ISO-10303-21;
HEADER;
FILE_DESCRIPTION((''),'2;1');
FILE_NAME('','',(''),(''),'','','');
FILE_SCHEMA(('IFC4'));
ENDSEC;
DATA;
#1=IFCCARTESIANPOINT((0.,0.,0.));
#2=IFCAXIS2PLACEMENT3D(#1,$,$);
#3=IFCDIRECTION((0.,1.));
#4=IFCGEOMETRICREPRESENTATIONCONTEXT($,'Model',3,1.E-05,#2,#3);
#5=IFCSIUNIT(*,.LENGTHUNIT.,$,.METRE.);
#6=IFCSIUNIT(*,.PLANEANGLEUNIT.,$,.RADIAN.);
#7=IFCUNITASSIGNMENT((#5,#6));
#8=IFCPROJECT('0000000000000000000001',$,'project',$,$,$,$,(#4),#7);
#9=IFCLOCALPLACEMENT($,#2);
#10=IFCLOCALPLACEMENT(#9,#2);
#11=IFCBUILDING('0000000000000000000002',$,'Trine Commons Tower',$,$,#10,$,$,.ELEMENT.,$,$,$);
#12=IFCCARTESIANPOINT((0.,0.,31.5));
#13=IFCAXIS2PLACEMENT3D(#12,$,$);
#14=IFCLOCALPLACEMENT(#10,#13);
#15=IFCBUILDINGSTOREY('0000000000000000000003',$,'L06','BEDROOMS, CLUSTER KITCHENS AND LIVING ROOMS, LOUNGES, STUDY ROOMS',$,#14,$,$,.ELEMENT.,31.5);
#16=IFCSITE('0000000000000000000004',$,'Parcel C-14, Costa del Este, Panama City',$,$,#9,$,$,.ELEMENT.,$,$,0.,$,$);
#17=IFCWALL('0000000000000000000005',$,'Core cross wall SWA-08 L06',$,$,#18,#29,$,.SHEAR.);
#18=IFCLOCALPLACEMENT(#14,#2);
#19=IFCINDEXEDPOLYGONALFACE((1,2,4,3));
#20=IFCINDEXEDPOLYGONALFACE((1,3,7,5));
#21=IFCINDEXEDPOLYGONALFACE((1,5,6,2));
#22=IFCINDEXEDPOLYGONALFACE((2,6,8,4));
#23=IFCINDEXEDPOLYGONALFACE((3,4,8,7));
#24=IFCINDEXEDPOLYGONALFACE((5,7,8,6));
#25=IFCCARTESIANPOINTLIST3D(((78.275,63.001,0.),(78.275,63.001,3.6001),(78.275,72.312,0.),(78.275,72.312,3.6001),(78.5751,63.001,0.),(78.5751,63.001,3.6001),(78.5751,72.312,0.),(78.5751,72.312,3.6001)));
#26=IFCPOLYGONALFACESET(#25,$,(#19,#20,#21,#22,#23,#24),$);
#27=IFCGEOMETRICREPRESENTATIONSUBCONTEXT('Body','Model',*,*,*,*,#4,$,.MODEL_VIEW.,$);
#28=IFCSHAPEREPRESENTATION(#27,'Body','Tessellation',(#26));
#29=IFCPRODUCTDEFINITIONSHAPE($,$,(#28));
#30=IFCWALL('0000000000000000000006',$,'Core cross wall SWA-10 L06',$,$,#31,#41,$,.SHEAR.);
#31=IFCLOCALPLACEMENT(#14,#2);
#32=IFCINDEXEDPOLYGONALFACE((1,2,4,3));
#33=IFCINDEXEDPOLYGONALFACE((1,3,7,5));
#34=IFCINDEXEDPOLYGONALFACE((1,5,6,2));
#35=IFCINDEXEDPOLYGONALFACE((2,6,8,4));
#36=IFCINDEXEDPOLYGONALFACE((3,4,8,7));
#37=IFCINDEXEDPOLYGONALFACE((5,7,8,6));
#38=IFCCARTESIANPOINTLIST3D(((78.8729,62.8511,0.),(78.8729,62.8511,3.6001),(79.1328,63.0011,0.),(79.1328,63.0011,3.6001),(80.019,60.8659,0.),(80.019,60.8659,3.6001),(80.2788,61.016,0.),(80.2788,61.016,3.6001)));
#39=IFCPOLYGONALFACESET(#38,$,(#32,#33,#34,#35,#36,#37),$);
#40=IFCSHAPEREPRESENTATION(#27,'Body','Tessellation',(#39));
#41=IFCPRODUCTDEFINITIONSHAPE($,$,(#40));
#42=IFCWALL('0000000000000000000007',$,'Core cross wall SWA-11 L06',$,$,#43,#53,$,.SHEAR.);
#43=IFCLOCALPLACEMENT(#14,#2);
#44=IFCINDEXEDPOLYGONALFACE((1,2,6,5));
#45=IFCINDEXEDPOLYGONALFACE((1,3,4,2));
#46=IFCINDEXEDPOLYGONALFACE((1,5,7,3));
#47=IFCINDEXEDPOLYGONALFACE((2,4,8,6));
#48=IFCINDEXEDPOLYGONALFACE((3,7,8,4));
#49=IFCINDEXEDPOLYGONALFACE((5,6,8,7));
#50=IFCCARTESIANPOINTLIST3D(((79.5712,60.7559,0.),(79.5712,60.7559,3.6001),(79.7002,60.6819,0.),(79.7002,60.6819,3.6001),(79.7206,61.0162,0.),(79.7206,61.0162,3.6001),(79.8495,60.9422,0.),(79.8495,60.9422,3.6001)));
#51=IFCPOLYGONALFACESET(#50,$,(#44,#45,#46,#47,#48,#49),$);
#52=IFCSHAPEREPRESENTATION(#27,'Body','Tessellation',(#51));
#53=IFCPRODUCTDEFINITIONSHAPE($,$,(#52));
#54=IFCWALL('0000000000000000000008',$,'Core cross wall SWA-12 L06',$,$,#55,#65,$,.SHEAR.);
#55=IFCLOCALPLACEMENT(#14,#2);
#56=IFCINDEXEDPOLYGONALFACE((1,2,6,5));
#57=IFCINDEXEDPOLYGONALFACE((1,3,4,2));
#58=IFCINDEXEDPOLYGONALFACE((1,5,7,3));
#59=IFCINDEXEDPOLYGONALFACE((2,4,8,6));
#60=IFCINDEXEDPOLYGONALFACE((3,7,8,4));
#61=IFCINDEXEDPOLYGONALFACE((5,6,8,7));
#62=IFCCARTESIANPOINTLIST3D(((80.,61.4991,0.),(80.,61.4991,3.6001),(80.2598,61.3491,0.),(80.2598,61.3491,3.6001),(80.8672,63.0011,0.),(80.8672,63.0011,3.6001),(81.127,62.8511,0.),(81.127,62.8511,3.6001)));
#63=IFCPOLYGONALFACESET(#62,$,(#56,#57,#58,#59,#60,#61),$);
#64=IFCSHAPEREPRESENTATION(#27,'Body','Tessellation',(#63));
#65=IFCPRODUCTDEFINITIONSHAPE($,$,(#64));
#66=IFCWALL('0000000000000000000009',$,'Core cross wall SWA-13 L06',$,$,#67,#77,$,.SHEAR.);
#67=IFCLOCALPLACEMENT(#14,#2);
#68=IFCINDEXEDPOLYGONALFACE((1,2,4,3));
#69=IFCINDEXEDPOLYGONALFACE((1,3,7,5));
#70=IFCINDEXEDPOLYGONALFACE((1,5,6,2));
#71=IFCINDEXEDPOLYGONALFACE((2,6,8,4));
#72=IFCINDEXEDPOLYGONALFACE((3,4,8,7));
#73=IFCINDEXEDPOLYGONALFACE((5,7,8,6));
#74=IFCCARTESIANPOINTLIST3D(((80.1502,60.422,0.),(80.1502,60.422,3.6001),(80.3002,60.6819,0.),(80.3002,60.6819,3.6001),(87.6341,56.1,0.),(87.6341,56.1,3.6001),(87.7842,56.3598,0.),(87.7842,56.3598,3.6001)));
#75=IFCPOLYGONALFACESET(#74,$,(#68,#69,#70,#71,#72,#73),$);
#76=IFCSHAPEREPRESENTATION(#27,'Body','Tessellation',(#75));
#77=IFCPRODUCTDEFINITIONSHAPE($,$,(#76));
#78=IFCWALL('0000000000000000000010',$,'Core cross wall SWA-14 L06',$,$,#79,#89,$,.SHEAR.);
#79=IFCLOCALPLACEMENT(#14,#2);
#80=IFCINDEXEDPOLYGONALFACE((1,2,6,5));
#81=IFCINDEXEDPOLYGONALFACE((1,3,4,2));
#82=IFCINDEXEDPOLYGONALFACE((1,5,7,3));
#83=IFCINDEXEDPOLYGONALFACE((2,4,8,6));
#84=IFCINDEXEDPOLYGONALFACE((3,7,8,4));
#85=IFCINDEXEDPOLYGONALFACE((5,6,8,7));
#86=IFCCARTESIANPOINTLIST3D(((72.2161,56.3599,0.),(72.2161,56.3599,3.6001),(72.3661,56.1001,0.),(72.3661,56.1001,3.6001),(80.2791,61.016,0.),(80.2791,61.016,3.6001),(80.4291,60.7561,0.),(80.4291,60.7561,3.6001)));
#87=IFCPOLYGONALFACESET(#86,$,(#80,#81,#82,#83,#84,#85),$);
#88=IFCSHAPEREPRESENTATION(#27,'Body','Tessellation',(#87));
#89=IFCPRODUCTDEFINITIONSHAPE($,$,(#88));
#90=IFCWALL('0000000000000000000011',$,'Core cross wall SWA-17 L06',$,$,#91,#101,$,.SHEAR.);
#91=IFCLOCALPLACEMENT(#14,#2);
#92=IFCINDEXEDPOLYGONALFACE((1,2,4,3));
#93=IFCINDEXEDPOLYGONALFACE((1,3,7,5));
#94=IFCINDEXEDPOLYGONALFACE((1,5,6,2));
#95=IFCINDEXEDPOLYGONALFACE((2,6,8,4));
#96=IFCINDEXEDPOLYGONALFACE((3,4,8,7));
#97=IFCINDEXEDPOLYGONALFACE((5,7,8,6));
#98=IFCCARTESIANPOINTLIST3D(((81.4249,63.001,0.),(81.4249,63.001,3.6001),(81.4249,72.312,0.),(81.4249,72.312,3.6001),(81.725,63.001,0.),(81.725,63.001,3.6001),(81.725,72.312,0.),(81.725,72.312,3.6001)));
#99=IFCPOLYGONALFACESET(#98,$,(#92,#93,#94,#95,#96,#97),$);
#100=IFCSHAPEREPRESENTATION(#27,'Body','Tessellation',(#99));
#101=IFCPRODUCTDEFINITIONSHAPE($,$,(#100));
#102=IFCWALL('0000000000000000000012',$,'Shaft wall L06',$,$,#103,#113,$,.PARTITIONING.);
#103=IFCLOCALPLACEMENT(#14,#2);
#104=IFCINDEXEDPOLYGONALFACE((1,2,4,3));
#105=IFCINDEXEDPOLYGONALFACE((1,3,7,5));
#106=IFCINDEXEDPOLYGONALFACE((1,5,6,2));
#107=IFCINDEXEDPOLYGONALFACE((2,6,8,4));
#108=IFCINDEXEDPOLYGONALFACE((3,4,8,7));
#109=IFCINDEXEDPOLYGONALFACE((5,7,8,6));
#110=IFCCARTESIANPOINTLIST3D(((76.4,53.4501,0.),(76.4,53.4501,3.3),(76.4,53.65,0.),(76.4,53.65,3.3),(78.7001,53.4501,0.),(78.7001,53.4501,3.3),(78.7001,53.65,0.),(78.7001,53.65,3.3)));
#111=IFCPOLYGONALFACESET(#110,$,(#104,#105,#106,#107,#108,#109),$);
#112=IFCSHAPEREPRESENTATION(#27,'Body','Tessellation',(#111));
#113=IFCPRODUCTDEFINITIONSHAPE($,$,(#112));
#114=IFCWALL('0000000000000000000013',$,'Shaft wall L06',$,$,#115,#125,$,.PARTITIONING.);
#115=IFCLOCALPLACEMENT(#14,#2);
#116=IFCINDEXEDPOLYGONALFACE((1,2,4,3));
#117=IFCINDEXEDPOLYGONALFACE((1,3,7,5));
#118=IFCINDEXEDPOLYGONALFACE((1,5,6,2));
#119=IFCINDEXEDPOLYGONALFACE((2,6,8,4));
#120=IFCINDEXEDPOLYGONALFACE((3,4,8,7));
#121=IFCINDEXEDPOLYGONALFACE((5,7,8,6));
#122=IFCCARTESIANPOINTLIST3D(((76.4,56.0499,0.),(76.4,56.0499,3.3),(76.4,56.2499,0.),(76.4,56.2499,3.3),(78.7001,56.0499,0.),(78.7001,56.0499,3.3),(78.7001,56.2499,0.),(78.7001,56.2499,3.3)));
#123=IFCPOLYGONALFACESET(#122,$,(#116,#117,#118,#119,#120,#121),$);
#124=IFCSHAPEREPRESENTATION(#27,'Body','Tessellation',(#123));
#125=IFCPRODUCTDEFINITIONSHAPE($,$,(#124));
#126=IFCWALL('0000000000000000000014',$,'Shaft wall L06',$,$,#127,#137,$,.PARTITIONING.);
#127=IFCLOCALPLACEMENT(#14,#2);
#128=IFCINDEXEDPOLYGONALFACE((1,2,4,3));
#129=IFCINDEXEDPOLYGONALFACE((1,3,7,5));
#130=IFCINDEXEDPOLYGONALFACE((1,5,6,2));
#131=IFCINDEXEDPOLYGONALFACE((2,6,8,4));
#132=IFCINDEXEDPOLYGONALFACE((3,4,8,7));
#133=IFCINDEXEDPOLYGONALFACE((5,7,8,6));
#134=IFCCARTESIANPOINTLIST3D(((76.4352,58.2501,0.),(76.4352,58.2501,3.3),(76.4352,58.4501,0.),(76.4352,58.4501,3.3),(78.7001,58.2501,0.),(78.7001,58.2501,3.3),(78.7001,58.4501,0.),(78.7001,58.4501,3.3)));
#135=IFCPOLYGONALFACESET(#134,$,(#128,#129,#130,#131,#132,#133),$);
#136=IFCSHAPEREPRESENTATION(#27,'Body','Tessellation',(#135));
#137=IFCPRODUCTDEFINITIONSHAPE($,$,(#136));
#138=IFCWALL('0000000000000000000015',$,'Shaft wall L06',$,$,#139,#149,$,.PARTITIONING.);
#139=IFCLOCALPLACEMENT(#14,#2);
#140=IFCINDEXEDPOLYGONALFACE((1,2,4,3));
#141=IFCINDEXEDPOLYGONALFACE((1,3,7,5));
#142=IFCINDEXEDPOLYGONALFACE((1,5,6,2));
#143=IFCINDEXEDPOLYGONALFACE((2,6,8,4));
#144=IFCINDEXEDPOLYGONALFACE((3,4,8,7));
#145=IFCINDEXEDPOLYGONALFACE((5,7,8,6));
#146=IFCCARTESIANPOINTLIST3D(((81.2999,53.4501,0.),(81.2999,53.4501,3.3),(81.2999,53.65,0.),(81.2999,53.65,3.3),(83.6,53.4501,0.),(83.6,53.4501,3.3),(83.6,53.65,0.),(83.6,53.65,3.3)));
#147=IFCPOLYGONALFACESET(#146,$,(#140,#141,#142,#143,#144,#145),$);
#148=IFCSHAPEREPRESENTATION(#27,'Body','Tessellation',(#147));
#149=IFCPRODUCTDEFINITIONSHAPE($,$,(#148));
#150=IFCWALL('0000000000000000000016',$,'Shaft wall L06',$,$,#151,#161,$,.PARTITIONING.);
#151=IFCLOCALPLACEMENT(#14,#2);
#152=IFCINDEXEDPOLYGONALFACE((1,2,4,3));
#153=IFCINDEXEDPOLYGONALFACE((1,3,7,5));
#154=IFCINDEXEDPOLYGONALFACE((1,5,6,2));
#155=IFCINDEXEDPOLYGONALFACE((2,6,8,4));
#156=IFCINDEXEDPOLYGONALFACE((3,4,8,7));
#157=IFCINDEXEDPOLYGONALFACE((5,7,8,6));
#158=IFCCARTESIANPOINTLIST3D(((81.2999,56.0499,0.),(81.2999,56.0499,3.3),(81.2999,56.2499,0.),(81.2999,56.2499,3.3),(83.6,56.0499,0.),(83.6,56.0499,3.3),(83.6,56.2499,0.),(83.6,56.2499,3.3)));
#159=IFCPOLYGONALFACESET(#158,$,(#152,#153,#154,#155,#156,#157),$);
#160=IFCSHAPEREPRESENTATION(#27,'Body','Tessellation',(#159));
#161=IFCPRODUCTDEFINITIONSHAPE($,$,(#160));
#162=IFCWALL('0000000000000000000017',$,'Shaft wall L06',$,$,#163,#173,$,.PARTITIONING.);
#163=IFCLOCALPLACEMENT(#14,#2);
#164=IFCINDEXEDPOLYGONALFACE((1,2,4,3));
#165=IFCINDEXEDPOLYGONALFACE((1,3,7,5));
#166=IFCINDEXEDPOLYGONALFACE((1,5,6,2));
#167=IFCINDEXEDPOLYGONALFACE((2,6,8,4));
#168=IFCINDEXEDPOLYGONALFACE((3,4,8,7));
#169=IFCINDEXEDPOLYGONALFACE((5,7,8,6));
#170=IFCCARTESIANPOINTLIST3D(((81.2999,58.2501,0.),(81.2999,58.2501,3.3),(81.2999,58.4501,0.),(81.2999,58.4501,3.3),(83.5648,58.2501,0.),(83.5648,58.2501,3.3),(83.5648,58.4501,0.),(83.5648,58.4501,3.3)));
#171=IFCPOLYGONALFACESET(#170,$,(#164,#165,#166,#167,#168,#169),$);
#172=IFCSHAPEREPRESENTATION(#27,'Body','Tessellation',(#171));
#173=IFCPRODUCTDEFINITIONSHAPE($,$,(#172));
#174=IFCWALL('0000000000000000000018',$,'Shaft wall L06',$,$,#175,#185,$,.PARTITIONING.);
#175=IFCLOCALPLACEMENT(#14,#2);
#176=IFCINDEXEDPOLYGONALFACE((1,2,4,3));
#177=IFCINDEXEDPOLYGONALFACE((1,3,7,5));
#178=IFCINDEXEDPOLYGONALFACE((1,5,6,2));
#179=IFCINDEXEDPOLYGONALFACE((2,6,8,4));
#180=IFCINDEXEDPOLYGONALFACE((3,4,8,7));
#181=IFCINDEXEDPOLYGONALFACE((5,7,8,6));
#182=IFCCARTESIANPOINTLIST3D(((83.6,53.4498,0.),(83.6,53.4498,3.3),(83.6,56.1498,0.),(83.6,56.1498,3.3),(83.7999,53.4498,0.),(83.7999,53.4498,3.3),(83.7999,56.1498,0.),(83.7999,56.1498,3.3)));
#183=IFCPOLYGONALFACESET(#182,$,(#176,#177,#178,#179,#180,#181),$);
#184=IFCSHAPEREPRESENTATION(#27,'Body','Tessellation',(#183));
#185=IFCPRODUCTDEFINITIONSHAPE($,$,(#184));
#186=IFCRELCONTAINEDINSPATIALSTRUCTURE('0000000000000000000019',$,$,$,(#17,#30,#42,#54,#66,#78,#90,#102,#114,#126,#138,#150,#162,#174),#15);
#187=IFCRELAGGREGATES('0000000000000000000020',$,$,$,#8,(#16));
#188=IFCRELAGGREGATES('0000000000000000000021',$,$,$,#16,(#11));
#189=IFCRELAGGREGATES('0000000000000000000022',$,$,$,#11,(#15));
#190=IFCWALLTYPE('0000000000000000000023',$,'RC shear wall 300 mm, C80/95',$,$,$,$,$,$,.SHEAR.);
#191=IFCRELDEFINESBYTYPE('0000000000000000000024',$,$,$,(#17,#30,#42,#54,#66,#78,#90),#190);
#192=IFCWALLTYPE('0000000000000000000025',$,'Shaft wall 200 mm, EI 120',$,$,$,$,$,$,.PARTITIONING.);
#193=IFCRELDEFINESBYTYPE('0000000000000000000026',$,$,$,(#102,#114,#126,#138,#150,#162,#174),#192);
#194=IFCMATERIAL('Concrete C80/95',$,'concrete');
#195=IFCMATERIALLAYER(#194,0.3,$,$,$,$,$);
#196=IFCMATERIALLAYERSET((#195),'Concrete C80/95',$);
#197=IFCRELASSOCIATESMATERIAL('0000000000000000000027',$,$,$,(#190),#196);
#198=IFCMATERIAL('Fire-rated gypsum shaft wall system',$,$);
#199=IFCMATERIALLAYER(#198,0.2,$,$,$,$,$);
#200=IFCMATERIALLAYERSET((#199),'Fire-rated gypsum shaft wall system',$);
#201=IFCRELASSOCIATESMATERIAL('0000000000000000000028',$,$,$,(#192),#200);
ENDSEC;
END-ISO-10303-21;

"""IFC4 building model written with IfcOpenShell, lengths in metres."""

from ifc_helpers import new_model, si_unit, direction, frame, frame_2d, origin, place, context, subcontext, project, spatial, rectangle, extrude, material, layer, layer_set, type_object, element, save


model = new_model("IFC4")

# Units and contexts
model_context = context("Model", 3, precision=1e-05, world=origin(), true_north=direction((0.0, 1.0)))
body_context = subcontext(model_context, "Body", "Model", "MODEL_VIEW")
ifc_project = project(units=[si_unit("LENGTHUNIT", "METRE"), si_unit("PLANEANGLEUNIT", "RADIAN")], contexts=[model_context])

# Site, building, storey
site_placement = place(None, origin())
site = spatial("IfcSite", under=ifc_project, at=site_placement, Name="Parcel C-14, Costa del Este, Panama City", CompositionType="ELEMENT", RefElevation=0.0)
building_placement = place(site_placement, origin())
building = spatial("IfcBuilding", under=site, at=building_placement, Name="Trine Commons Tower", CompositionType="ELEMENT")
storey_placement = place(building_placement, frame((0.0, 0.0, 31.5)))
storey = spatial("IfcBuildingStorey", under=building, at=storey_placement, Name="L06", Description="BEDROOMS, CLUSTER KITCHENS AND LIVING ROOMS, LOUNGES, STUDY ROOMS", CompositionType="ELEMENT", Elevation=31.5)

# Shared definitions
ifc_material_1 = material(Name="Fire-rated gypsum shaft wall system")
ifc_material_2 = material(Name="Concrete C80/95", Category="concrete")

# Shared definitions
ifc_layer_1 = layer(ifc_material_2, 0.3)
ifc_layer_set_1 = layer_set([ifc_layer_1], Name="Concrete C80/95")
wall_type_1 = type_object("IfcWallType", Name="RC shear wall 300 mm, C80/95", PredefinedType="SHEAR", material=ifc_layer_set_1)

# Walls
wall_1_placement = place(storey_placement, frame((78.425, 63.001, 0.0), z_axis=(0.0, 0.0, 1.0), x_axis=(0.0, 1.0, 0.0)))
element("IfcWall", 1, at=wall_1_placement, inside=storey, type_object=wall_type_1, Name="Core cross wall SWA-08 L06", PredefinedType="SHEAR", context=body_context, shape_type="SweptSolid", body=[
    extrude(rectangle(XDim=9.311, YDim=0.3, at=frame_2d((4.6555, 0.0))), origin(), (0.0, 0.0, 1.0), 3.6001),
])
wall_2_placement = place(storey_placement, frame((79.0029, 62.926, 0.0), z_axis=(0.0, 0.0, 1.0), x_axis=(0.499965, -0.866045, 0.0)))
element("IfcWall", 2, at=wall_2_placement, inside=storey, type_object=wall_type_1, Name="Core cross wall SWA-10 L06", PredefinedType="SHEAR", context=body_context, shape_type="SweptSolid", body=[
    extrude(rectangle(XDim=2.2922, YDim=0.3, at=frame_2d((1.146, 0.0))), origin(), (0.0, 0.0, 1.0), 3.6001),
])
wall_3_placement = place(storey_placement, frame((79.646, 60.886, 0.0), z_axis=(0.0, 0.0, 1.0), x_axis=(0.867332, -0.49773, 0.0)))
element("IfcWall", 3, at=wall_3_placement, inside=storey, type_object=wall_type_1, Name="Core cross wall SWA-11 L06", PredefinedType="SHEAR", context=body_context, shape_type="SweptSolid", body=[
    extrude(rectangle(XDim=0.1487, YDim=0.3, at=frame_2d((0.0742, 0.0))), origin(), (0.0, 0.0, 1.0), 3.6001),
])
wall_4_placement = place(storey_placement, frame((80.1299, 61.4241, 0.0), z_axis=(0.0, 0.0, 1.0), x_axis=(0.500015, 0.866017, 0.0)))
element("IfcWall", 4, at=wall_4_placement, inside=storey, type_object=wall_type_1, Name="Core cross wall SWA-12 L06", PredefinedType="SHEAR", context=body_context, shape_type="SweptSolid", body=[
    extrude(rectangle(XDim=1.7344, YDim=0.3, at=frame_2d((0.8672, 0.0))), origin(), (0.0, 0.0, 1.0), 3.6001),
])
wall_5_placement = place(storey_placement, frame((80.2251, 60.552, 0.0), z_axis=(0.0, 0.0, 1.0), x_axis=(0.865965, -0.500104, 0.0)))
element("IfcWall", 5, at=wall_5_placement, inside=storey, type_object=wall_type_1, Name="Core cross wall SWA-13 L06", PredefinedType="SHEAR", context=body_context, shape_type="SweptSolid", body=[
    extrude(rectangle(XDim=8.6423, YDim=0.3, at=frame_2d((4.3213, 0.0))), origin(), (0.0, 0.0, 1.0), 3.6001),
])
wall_6_placement = place(storey_placement, frame((80.354, 60.886, 0.0), z_axis=(0.0, 0.0, 1.0), x_axis=(-0.865986, -0.500067, 0.0)))
element("IfcWall", 6, at=wall_6_placement, inside=storey, type_object=wall_type_1, Name="Core cross wall SWA-14 L06", PredefinedType="SHEAR", context=body_context, shape_type="SweptSolid", body=[
    extrude(rectangle(XDim=9.3108, YDim=0.3, at=frame_2d((4.6553, 0.0))), origin(), (0.0, 0.0, 1.0), 3.6001),
])
wall_7_placement = place(storey_placement, frame((81.575, 63.001, 0.0), z_axis=(0.0, 0.0, 1.0), x_axis=(0.0, 1.0, 0.0)))
element("IfcWall", 7, at=wall_7_placement, inside=storey, type_object=wall_type_1, Name="Core cross wall SWA-17 L06", PredefinedType="SHEAR", context=body_context, shape_type="SweptSolid", body=[
    extrude(rectangle(XDim=9.311, YDim=0.3, at=frame_2d((4.6555, 0.0))), origin(), (0.0, 0.0, 1.0), 3.6001),
])
ifc_layer_2 = layer(ifc_material_1, 0.2)
ifc_layer_set_2 = layer_set([ifc_layer_2], Name="Fire-rated gypsum shaft wall system")
wall_type_2 = type_object("IfcWallType", Name="Shaft wall 200 mm, EI 120", PredefinedType="PARTITIONING", material=ifc_layer_set_2)
for number, where, z_axis, x_axis, name in (
    (8, (78.7, 53.55, 0.0), (0.0, 0.0, 1.0), (-1.0, 0.0, 0.0), "Shaft wall L06"),
    (9, (78.7, 56.1499, 0.0), (0.0, 0.0, 1.0), (-1.0, 0.0, 0.0), "Shaft wall L06"),
):
    element("IfcWall", number, at=place(storey_placement, frame(where, z_axis=z_axis, x_axis=x_axis)), inside=storey, type_object=wall_type_2, Name=name, PredefinedType="PARTITIONING", context=body_context, shape_type="SweptSolid", body=[
        extrude(rectangle(XDim=2.3, YDim=0.2, at=frame_2d((1.1499, 0.0))), origin(), (0.0, 0.0, 1.0), 3.3),
    ])
wall_8_placement = place(storey_placement, frame((78.7, 58.3501, 0.0), z_axis=(0.0, 0.0, 1.0), x_axis=(-1.0, 0.0, 0.0)))
element("IfcWall", 10, at=wall_8_placement, inside=storey, type_object=wall_type_2, Name="Shaft wall L06", PredefinedType="PARTITIONING", context=body_context, shape_type="SweptSolid", body=[
    extrude(rectangle(XDim=2.2649, YDim=0.2, at=frame_2d((1.1323, 0.0))), origin(), (0.0, 0.0, 1.0), 3.3),
])
for number, where, z_axis, x_axis, name in (
    (11, (81.3, 53.55, 0.0), (0.0, 0.0, 1.0), (1.0, 0.0, 0.0), "Shaft wall L06"),
    (12, (81.3, 56.1499, 0.0), (0.0, 0.0, 1.0), (1.0, 0.0, 0.0), "Shaft wall L06"),
):
    element("IfcWall", number, at=place(storey_placement, frame(where, z_axis=z_axis, x_axis=x_axis)), inside=storey, type_object=wall_type_2, Name=name, PredefinedType="PARTITIONING", context=body_context, shape_type="SweptSolid", body=[
        extrude(rectangle(XDim=2.3, YDim=0.2, at=frame_2d((1.1499, 0.0))), origin(), (0.0, 0.0, 1.0), 3.3),
    ])
wall_9_placement = place(storey_placement, frame((81.3, 58.3501, 0.0), z_axis=(0.0, 0.0, 1.0), x_axis=(1.0, 0.0, 0.0)))
element("IfcWall", 13, at=wall_9_placement, inside=storey, type_object=wall_type_2, Name="Shaft wall L06", PredefinedType="PARTITIONING", context=body_context, shape_type="SweptSolid", body=[
    extrude(rectangle(XDim=2.2649, YDim=0.2, at=frame_2d((1.1323, 0.0))), origin(), (0.0, 0.0, 1.0), 3.3),
])
wall_10_placement = place(storey_placement, frame((83.7, 56.1499, 0.0), z_axis=(0.0, 0.0, 1.0), x_axis=(0.0, -1.0, 0.0)))
element("IfcWall", 14, at=wall_10_placement, inside=storey, type_object=wall_type_2, Name="Shaft wall L06", PredefinedType="PARTITIONING", context=body_context, shape_type="SweptSolid", body=[
    extrude(rectangle(XDim=2.7, YDim=0.2, at=frame_2d((1.3501, 0.0))), origin(), (0.0, 0.0, 1.0), 3.3),
])

save(model, "model.ifc")
